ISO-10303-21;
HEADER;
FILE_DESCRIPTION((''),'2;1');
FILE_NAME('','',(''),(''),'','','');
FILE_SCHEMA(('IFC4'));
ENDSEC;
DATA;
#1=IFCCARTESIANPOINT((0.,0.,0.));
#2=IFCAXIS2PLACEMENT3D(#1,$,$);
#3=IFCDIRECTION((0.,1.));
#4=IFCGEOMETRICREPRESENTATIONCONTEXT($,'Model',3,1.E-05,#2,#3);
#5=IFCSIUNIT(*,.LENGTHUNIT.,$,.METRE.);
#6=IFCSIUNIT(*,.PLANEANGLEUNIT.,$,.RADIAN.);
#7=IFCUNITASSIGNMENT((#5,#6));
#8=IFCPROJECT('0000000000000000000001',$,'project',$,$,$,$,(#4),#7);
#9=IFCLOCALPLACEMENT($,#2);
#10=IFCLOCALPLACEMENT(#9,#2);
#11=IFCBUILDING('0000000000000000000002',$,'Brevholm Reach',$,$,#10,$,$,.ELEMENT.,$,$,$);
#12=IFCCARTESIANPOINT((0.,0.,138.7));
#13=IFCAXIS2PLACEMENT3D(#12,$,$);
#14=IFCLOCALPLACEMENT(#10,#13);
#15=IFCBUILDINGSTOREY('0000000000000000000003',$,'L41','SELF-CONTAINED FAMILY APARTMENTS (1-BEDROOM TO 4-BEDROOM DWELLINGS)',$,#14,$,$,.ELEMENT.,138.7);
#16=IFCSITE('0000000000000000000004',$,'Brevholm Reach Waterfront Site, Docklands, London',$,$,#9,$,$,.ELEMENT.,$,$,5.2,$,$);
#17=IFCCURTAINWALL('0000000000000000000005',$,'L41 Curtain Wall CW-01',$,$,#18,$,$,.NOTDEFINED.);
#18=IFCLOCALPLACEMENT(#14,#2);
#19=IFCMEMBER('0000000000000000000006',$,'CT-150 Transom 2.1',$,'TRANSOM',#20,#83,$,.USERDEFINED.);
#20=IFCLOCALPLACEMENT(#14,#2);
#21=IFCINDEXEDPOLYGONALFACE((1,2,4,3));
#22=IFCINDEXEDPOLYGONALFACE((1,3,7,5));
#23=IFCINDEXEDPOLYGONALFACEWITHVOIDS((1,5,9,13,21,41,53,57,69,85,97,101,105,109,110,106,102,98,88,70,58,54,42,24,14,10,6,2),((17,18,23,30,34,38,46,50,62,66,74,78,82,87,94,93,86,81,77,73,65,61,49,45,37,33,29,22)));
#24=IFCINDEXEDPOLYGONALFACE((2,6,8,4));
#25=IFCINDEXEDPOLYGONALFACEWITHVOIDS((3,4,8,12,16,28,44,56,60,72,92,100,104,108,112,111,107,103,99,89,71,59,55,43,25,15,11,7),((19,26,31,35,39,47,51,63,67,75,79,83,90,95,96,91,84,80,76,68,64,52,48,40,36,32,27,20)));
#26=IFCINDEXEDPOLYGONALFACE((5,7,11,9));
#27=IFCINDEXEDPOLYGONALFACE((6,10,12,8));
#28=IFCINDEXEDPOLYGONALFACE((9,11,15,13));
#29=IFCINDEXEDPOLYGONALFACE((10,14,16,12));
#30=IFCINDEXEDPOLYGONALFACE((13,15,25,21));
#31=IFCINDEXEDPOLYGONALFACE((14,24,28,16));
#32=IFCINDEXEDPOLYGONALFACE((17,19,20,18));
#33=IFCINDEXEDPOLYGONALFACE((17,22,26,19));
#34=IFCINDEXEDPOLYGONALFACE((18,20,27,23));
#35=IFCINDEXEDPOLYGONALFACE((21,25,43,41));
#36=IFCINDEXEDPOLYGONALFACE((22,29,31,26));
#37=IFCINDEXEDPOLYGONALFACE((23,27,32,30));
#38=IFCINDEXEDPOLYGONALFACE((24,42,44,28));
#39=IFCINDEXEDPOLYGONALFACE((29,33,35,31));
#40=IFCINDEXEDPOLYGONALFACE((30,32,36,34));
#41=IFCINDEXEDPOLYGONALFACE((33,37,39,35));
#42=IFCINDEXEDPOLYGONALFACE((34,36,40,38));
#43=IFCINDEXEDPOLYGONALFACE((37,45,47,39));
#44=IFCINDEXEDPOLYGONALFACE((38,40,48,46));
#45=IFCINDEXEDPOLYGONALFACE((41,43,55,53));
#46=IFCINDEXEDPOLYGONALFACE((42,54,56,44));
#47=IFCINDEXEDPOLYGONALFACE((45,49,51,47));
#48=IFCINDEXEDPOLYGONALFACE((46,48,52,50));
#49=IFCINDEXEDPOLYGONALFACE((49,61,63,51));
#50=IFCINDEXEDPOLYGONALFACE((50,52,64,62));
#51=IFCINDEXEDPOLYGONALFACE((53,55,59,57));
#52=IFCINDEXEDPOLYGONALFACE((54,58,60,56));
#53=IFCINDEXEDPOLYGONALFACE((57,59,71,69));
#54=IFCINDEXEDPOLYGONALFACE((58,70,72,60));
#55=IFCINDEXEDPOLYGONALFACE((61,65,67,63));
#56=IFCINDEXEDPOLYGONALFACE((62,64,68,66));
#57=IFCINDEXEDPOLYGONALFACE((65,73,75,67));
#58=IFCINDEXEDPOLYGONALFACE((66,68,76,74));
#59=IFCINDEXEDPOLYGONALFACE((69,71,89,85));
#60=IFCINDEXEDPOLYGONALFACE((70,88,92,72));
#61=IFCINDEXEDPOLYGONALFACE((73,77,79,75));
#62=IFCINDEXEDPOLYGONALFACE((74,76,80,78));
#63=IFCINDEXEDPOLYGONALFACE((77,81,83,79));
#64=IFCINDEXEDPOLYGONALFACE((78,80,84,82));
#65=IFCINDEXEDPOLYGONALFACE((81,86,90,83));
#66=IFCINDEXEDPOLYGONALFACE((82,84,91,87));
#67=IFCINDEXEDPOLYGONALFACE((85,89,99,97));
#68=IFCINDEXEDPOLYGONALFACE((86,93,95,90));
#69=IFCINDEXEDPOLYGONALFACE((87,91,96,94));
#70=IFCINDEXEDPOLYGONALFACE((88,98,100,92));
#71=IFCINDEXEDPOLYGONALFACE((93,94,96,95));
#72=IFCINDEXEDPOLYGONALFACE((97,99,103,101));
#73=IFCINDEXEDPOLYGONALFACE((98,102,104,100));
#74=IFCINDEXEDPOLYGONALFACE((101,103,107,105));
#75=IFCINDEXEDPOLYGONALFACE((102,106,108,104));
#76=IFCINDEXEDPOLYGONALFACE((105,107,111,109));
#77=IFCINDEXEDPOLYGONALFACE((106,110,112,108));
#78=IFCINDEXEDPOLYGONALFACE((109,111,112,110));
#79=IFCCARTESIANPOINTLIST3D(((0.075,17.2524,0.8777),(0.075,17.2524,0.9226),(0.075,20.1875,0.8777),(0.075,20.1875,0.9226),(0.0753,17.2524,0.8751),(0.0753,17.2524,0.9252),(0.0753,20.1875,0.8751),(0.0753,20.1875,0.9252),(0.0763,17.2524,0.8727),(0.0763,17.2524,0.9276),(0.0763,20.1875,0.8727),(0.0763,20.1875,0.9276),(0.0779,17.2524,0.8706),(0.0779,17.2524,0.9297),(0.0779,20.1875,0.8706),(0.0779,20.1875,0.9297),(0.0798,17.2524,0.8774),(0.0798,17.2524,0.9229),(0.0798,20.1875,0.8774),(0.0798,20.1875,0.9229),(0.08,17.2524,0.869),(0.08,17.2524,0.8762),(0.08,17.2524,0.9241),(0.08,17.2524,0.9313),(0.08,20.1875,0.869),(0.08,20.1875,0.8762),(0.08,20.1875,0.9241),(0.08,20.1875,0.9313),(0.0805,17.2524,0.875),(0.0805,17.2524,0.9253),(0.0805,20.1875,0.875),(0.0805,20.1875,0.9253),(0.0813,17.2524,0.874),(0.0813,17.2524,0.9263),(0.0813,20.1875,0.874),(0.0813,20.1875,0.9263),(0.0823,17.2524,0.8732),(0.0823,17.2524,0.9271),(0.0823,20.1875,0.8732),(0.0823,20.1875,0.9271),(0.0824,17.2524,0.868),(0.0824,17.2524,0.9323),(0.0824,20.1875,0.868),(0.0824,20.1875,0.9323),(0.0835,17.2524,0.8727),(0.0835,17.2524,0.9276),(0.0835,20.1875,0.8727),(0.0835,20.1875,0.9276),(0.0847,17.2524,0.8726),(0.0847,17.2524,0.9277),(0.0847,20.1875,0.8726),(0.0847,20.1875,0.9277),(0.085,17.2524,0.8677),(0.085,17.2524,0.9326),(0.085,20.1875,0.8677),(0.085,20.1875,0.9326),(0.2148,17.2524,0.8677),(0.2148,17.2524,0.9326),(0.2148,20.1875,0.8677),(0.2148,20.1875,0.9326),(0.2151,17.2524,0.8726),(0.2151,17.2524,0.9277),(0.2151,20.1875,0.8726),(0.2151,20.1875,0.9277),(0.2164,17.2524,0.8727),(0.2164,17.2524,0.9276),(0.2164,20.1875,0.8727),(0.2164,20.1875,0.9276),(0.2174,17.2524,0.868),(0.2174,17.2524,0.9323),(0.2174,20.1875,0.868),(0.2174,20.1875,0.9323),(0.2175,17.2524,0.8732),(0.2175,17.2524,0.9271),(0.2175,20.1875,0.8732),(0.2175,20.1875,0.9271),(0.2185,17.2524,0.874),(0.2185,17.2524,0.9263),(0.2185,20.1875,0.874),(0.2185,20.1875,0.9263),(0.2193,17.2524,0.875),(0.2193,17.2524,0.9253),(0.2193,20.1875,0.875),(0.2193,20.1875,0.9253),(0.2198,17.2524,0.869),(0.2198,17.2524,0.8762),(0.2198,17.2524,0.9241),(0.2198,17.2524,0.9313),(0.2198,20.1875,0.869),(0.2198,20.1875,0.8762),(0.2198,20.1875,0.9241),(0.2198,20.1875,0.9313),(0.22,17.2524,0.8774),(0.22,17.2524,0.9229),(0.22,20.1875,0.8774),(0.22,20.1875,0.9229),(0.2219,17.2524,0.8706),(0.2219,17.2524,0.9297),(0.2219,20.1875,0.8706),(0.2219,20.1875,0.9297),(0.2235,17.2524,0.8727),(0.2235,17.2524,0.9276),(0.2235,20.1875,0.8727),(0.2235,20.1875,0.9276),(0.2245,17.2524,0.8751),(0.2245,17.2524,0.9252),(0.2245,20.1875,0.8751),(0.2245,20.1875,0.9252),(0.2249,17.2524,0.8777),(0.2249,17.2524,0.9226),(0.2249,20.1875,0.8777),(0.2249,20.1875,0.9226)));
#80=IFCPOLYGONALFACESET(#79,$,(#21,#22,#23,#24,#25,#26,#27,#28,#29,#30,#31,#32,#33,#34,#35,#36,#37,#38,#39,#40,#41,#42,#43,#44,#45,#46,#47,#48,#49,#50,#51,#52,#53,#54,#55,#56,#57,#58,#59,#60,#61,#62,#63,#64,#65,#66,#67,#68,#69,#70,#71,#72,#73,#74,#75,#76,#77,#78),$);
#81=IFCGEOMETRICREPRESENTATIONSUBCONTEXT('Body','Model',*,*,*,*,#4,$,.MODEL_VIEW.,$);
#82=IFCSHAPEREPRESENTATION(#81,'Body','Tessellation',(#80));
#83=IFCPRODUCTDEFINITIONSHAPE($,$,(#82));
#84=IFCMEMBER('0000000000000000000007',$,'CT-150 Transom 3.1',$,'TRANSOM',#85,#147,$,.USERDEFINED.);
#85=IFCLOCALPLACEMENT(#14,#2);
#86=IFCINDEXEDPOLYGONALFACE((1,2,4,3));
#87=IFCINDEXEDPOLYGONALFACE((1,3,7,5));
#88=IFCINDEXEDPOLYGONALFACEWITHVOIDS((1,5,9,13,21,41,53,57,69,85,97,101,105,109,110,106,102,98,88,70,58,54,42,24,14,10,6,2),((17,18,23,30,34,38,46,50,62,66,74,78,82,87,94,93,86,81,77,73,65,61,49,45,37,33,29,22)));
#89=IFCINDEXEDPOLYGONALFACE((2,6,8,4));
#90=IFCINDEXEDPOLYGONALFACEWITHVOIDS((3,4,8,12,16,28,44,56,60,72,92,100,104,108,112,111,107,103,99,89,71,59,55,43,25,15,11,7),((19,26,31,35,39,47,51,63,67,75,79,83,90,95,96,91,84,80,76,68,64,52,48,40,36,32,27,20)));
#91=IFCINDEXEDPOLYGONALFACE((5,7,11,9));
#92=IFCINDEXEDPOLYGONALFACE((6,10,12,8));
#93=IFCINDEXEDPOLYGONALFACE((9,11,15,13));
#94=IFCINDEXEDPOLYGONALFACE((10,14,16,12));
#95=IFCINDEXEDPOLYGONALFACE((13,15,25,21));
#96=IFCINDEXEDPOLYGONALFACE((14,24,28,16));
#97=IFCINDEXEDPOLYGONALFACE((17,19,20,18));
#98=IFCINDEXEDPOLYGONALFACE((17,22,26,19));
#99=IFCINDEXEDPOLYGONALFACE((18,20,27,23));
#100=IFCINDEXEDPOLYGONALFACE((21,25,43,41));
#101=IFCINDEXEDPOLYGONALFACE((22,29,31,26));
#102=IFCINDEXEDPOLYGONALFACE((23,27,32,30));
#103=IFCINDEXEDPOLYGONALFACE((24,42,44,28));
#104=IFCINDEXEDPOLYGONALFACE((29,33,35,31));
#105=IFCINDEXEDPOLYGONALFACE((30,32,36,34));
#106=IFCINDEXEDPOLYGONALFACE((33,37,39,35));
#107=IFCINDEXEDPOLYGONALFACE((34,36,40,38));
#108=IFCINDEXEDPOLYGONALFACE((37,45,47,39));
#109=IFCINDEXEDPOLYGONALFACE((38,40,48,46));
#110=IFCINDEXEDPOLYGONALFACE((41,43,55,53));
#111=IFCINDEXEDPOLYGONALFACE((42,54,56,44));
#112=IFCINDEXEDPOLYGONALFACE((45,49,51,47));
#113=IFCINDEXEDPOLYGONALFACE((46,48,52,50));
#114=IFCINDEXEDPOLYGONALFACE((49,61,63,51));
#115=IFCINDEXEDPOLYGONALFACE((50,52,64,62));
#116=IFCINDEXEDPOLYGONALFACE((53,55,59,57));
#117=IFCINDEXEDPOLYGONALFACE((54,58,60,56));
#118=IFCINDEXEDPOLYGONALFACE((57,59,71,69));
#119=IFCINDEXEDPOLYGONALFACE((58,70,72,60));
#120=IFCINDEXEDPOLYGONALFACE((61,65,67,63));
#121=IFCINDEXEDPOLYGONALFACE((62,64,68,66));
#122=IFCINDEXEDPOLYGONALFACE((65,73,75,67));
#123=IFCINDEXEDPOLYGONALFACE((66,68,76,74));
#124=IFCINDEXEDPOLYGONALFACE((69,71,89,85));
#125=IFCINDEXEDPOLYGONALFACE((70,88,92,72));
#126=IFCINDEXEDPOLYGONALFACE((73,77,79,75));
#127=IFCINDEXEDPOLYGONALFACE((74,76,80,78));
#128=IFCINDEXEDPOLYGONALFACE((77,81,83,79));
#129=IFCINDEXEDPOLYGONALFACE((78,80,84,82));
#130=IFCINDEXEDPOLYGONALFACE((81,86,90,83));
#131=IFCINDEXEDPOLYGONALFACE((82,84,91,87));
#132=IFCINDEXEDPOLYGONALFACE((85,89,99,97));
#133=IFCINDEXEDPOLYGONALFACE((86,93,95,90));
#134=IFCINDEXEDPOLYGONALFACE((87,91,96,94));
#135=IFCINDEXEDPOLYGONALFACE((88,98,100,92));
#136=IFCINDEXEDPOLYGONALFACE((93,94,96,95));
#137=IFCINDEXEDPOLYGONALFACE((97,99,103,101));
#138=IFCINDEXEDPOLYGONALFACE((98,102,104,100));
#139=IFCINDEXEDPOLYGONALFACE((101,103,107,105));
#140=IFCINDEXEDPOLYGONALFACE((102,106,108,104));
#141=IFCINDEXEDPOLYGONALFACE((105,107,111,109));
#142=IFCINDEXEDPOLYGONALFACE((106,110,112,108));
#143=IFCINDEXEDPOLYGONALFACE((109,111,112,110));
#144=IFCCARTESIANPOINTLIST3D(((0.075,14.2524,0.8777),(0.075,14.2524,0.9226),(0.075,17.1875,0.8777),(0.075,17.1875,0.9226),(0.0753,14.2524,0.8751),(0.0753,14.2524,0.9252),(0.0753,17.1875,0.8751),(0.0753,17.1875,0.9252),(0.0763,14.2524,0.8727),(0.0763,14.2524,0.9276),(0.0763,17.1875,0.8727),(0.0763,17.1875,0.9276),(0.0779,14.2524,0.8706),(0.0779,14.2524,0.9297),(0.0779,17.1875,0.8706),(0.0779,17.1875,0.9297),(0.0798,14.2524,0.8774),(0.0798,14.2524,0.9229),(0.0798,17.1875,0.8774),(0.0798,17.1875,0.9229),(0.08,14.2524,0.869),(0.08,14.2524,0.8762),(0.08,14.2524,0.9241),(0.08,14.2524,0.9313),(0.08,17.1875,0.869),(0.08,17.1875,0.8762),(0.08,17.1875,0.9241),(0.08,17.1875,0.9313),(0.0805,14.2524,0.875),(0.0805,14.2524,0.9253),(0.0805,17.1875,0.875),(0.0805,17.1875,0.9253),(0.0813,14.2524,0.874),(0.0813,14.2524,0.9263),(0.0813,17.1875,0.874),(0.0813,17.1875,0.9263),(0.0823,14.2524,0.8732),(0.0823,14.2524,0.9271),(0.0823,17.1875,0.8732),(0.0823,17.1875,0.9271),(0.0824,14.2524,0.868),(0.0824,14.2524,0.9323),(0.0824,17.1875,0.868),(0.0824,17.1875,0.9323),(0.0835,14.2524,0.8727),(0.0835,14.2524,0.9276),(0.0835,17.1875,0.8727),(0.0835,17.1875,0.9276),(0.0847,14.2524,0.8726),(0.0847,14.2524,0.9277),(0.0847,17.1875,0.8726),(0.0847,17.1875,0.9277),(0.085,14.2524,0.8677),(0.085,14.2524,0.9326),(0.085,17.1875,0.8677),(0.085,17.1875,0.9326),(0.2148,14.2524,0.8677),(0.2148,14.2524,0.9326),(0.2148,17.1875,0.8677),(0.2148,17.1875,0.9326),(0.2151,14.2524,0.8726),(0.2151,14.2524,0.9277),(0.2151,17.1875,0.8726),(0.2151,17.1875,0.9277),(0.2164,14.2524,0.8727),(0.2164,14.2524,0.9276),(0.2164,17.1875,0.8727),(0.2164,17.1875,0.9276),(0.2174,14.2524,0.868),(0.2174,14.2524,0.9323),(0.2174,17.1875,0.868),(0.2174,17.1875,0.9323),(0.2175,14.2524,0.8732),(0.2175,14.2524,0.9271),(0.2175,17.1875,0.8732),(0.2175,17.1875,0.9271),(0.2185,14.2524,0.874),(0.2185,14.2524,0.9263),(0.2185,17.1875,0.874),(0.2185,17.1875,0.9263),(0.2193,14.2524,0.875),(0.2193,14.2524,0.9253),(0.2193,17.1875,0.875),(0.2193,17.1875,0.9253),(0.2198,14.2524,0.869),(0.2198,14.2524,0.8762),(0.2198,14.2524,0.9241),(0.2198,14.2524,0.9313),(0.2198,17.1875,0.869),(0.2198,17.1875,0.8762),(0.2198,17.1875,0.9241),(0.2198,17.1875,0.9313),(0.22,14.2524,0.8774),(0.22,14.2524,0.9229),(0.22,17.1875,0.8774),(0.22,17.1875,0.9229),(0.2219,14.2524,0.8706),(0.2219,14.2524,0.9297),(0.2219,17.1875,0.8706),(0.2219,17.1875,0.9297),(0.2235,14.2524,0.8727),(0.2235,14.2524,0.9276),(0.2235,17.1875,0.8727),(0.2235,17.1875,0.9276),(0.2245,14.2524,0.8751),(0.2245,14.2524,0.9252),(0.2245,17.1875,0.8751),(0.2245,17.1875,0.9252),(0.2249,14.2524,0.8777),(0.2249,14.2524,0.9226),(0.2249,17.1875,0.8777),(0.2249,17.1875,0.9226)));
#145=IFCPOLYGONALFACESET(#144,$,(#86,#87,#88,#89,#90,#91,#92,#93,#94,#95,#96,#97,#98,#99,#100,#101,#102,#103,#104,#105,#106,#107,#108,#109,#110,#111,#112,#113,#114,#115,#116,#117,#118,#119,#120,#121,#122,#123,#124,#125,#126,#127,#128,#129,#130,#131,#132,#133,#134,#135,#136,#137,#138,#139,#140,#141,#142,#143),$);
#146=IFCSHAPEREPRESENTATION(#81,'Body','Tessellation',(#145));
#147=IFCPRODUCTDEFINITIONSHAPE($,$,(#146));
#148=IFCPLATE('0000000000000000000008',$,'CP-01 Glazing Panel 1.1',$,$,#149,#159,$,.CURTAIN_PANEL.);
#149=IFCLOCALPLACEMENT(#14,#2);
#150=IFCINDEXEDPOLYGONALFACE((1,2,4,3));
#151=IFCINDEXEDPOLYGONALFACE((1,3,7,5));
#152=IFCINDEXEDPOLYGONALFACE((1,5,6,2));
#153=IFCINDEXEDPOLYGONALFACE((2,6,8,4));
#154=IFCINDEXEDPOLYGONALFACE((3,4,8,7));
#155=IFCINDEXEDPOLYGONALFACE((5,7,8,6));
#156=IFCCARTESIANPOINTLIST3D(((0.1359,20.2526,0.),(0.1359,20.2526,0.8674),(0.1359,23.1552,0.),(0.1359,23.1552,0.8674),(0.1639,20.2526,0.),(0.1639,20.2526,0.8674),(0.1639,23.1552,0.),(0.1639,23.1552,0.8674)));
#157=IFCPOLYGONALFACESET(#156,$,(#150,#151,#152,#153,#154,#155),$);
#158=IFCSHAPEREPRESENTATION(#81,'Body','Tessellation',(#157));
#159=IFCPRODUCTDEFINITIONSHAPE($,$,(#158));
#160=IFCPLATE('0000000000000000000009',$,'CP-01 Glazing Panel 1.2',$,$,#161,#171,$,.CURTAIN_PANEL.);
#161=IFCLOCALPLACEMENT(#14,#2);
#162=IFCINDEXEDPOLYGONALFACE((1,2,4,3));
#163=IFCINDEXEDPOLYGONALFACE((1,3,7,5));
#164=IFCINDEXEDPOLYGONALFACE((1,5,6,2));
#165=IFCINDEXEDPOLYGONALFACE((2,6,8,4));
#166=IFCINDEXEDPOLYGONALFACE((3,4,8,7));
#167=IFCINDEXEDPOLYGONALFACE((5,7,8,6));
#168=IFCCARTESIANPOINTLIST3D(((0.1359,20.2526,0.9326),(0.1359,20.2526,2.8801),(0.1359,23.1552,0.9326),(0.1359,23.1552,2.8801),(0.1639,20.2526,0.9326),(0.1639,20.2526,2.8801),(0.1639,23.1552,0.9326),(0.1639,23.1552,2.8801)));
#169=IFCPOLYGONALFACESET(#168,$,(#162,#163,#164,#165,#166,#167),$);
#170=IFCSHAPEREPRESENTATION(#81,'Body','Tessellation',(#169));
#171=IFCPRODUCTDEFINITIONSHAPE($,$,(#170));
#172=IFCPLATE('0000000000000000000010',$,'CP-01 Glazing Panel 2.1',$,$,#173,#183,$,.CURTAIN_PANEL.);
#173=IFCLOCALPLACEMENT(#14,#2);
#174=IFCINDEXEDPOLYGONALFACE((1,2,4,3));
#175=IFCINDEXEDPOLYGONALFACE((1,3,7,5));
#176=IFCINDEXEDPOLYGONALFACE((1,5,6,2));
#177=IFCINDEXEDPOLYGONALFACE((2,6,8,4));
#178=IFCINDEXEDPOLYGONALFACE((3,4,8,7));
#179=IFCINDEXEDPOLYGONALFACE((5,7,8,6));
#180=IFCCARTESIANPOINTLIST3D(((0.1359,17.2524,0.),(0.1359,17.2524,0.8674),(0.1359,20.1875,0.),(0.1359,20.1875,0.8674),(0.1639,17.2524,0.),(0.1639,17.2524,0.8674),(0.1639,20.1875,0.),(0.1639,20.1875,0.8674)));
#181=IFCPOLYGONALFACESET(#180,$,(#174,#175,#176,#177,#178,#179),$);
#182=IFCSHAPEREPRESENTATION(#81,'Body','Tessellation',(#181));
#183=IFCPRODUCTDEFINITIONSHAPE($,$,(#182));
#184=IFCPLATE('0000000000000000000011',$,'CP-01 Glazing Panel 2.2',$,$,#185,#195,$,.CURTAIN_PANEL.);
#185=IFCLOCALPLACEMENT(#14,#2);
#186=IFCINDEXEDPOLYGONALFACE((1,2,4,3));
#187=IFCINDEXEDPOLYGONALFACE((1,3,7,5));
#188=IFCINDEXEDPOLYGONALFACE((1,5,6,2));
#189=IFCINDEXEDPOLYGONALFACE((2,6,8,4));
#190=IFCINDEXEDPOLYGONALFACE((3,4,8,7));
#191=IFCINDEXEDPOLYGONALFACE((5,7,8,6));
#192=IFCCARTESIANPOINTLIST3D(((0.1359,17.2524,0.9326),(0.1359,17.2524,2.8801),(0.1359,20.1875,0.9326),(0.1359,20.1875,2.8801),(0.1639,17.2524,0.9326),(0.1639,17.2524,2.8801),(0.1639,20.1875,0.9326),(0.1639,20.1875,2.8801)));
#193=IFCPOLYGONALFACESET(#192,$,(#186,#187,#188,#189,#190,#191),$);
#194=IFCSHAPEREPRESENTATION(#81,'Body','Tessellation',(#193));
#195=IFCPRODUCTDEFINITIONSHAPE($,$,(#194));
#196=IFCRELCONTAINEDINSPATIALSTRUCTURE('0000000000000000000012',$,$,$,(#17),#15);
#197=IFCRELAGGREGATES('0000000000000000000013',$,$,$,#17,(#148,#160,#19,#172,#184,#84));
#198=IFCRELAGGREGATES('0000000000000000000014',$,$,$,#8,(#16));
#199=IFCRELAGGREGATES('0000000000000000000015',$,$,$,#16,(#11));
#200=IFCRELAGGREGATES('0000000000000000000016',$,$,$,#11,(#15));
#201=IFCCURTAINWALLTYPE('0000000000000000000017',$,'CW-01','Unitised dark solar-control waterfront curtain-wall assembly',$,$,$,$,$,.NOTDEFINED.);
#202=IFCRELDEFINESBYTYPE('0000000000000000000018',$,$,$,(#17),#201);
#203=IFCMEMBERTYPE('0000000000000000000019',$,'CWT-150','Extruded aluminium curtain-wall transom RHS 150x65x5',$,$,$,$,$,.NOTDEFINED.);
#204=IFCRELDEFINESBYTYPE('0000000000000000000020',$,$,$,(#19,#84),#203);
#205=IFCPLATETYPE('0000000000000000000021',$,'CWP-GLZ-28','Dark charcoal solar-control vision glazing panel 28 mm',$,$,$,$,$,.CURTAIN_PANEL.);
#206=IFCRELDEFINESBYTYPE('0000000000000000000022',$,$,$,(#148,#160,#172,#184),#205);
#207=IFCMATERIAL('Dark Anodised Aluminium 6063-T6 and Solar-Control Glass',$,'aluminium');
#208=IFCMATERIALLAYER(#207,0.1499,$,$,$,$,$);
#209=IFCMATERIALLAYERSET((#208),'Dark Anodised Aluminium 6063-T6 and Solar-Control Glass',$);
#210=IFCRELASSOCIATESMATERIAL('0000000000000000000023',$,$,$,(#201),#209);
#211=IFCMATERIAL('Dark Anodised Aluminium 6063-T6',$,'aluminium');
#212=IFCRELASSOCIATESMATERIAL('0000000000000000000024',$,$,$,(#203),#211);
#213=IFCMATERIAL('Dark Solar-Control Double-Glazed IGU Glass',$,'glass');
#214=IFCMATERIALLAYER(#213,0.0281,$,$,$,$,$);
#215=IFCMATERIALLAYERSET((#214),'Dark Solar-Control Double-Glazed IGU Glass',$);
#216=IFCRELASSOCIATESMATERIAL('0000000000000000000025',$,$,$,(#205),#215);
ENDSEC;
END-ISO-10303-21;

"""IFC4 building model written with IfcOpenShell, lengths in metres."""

from ifc_helpers import new_model, si_unit, direction, frame, origin, origin_2d, place, context, subcontext, project, spatial, rectangle, hollow_rectangle, extrude, material, layer, layer_set, material_profile, profile_set, type_object, element, aggregate, save


model = new_model("IFC4")

# Units and contexts
model_context = context("Model", 3, precision=1e-05, world=origin(), true_north=direction((0.0, 1.0)))
body_context = subcontext(model_context, "Body", "Model", "MODEL_VIEW")
ifc_project = project(units=[si_unit("LENGTHUNIT", "METRE"), si_unit("PLANEANGLEUNIT", "RADIAN")], contexts=[model_context])

# Site, building, storey
site_placement = place(None, origin())
site = spatial("IfcSite", under=ifc_project, at=site_placement, Name="Brevholm Reach Waterfront Site, Docklands, London", CompositionType="ELEMENT", RefElevation=5.2)
building_placement = place(site_placement, origin())
building = spatial("IfcBuilding", under=site, at=building_placement, Name="Brevholm Reach", CompositionType="ELEMENT")
storey_placement = place(building_placement, frame((0.0, 0.0, 138.7)))
storey = spatial("IfcBuildingStorey", under=building, at=storey_placement, Name="L41", Description="SELF-CONTAINED FAMILY APARTMENTS (1-BEDROOM TO 4-BEDROOM DWELLINGS)", CompositionType="ELEMENT", Elevation=138.7)

# Curtain wall, members, plates
ifc_material_1 = material(Name="Dark Anodised Aluminium 6063-T6 and Solar-Control Glass", Category="aluminium")
ifc_layer_1 = layer(ifc_material_1, 0.1499)
ifc_layer_set_1 = layer_set([ifc_layer_1], Name="Dark Anodised Aluminium 6063-T6 and Solar-Control Glass")
curtain_wall_type = type_object("IfcCurtainWallType", Name="CW-01", Description="Unitised dark solar-control waterfront curtain-wall assembly", PredefinedType="NOTDEFINED", material=ifc_layer_set_1)
curtain_wall_placement = place(storey_placement, origin())
curtain_wall = element("IfcCurtainWall", 1, at=curtain_wall_placement, inside=storey, type_object=curtain_wall_type, Name="L41 Curtain Wall CW-01", PredefinedType="NOTDEFINED")
ifc_material_2 = material(Name="Dark Anodised Aluminium 6063-T6", Category="aluminium")
ifc_material_profile_1 = material_profile(ifc_material_2, hollow_rectangle(XDim=0.0649, YDim=0.1499, WallThickness=0.0049, InnerFilletRadius=0.0049, OuterFilletRadius=0.01, at=origin_2d()), Name="RHS 150x65x5")
ifc_profile_set_1 = profile_set([ifc_material_profile_1], Name="Dark Anodised Aluminium 6063-T6")
member_type_1 = type_object("IfcMemberType", Name="CWT-150", Description="Extruded aluminium curtain-wall transom RHS 150x65x5", PredefinedType="NOTDEFINED", material=ifc_profile_set_1)
member_1_placement = place(storey_placement, frame((0.1499, 20.1875, 0.9001), z_axis=(0.0, -1.0, 0.0), x_axis=(0.0, 0.0, 1.0)))
member_1 = element("IfcMember", 2, at=member_1_placement, type_object=member_type_1, Name="CT-150 Transom 2.1", ObjectType="TRANSOM", PredefinedType="USERDEFINED", context=body_context, shape_type="SweptSolid", body=[
    extrude(hollow_rectangle(XDim=0.0649, YDim=0.1499, WallThickness=0.0049, InnerFilletRadius=0.0049, OuterFilletRadius=0.01, at=origin_2d()), origin(), (0.0, 0.0, 1.0), 2.9351),
])
member_2_placement = place(storey_placement, frame((0.1499, 17.1875, 0.9001), z_axis=(0.0, -1.0, 0.0), x_axis=(0.0, 0.0, 1.0)))
member_2 = element("IfcMember", 3, at=member_2_placement, type_object=member_type_1, Name="CT-150 Transom 3.1", ObjectType="TRANSOM", PredefinedType="USERDEFINED", context=body_context, shape_type="SweptSolid", body=[
    extrude(hollow_rectangle(XDim=0.0649, YDim=0.1499, WallThickness=0.0049, InnerFilletRadius=0.0049, OuterFilletRadius=0.01, at=origin_2d()), origin(), (0.0, 0.0, 1.0), 2.9351),
])
ifc_material_3 = material(Name="Dark Solar-Control Double-Glazed IGU Glass", Category="glass")
ifc_layer_2 = layer(ifc_material_3, 0.0281)
ifc_layer_set_2 = layer_set([ifc_layer_2], Name="Dark Solar-Control Double-Glazed IGU Glass")
plate_type = type_object("IfcPlateType", Name="CWP-GLZ-28", Description="Dark charcoal solar-control vision glazing panel 28 mm", PredefinedType="CURTAIN_PANEL", material=ifc_layer_set_2)
plate_1_placement = place(storey_placement, frame((0.1499, 21.7039, 0.0), z_axis=(0.0, 0.0, 1.0), x_axis=(0.0, -1.0, 0.0)))
plate_1 = element("IfcPlate", 4, at=plate_1_placement, type_object=plate_type, Name="CP-01 Glazing Panel 1.1", PredefinedType="CURTAIN_PANEL", context=body_context, shape_type="SweptSolid", body=[
    extrude(rectangle(XDim=2.9026, YDim=0.0281, at=origin_2d()), origin(), (0.0, 0.0, 1.0), 0.8674),
])
plate_2_placement = place(storey_placement, frame((0.1499, 21.7039, 0.9326), z_axis=(0.0, 0.0, 1.0), x_axis=(0.0, -1.0, 0.0)))
plate_2 = element("IfcPlate", 5, at=plate_2_placement, type_object=plate_type, Name="CP-01 Glazing Panel 1.2", PredefinedType="CURTAIN_PANEL", context=body_context, shape_type="SweptSolid", body=[
    extrude(rectangle(XDim=2.9026, YDim=0.0281, at=origin_2d()), origin(), (0.0, 0.0, 1.0), 1.9475),
])
plate_3_placement = place(storey_placement, frame((0.1499, 18.72, 0.0), z_axis=(0.0, 0.0, 1.0), x_axis=(0.0, -1.0, 0.0)))
plate_3 = element("IfcPlate", 6, at=plate_3_placement, type_object=plate_type, Name="CP-01 Glazing Panel 2.1", PredefinedType="CURTAIN_PANEL", context=body_context, shape_type="SweptSolid", body=[
    extrude(rectangle(XDim=2.9351, YDim=0.0281, at=origin_2d()), origin(), (0.0, 0.0, 1.0), 0.8674),
])
plate_4_placement = place(storey_placement, frame((0.1499, 18.72, 0.9326), z_axis=(0.0, 0.0, 1.0), x_axis=(0.0, -1.0, 0.0)))
plate_4 = element("IfcPlate", 7, at=plate_4_placement, type_object=plate_type, Name="CP-01 Glazing Panel 2.2", PredefinedType="CURTAIN_PANEL", context=body_context, shape_type="SweptSolid", body=[
    extrude(rectangle(XDim=2.9351, YDim=0.0281, at=origin_2d()), origin(), (0.0, 0.0, 1.0), 1.9475),
])
aggregate(curtain_wall, [plate_1, plate_2, member_1, plate_3, plate_4, member_2])

save(model, "model.ifc")
